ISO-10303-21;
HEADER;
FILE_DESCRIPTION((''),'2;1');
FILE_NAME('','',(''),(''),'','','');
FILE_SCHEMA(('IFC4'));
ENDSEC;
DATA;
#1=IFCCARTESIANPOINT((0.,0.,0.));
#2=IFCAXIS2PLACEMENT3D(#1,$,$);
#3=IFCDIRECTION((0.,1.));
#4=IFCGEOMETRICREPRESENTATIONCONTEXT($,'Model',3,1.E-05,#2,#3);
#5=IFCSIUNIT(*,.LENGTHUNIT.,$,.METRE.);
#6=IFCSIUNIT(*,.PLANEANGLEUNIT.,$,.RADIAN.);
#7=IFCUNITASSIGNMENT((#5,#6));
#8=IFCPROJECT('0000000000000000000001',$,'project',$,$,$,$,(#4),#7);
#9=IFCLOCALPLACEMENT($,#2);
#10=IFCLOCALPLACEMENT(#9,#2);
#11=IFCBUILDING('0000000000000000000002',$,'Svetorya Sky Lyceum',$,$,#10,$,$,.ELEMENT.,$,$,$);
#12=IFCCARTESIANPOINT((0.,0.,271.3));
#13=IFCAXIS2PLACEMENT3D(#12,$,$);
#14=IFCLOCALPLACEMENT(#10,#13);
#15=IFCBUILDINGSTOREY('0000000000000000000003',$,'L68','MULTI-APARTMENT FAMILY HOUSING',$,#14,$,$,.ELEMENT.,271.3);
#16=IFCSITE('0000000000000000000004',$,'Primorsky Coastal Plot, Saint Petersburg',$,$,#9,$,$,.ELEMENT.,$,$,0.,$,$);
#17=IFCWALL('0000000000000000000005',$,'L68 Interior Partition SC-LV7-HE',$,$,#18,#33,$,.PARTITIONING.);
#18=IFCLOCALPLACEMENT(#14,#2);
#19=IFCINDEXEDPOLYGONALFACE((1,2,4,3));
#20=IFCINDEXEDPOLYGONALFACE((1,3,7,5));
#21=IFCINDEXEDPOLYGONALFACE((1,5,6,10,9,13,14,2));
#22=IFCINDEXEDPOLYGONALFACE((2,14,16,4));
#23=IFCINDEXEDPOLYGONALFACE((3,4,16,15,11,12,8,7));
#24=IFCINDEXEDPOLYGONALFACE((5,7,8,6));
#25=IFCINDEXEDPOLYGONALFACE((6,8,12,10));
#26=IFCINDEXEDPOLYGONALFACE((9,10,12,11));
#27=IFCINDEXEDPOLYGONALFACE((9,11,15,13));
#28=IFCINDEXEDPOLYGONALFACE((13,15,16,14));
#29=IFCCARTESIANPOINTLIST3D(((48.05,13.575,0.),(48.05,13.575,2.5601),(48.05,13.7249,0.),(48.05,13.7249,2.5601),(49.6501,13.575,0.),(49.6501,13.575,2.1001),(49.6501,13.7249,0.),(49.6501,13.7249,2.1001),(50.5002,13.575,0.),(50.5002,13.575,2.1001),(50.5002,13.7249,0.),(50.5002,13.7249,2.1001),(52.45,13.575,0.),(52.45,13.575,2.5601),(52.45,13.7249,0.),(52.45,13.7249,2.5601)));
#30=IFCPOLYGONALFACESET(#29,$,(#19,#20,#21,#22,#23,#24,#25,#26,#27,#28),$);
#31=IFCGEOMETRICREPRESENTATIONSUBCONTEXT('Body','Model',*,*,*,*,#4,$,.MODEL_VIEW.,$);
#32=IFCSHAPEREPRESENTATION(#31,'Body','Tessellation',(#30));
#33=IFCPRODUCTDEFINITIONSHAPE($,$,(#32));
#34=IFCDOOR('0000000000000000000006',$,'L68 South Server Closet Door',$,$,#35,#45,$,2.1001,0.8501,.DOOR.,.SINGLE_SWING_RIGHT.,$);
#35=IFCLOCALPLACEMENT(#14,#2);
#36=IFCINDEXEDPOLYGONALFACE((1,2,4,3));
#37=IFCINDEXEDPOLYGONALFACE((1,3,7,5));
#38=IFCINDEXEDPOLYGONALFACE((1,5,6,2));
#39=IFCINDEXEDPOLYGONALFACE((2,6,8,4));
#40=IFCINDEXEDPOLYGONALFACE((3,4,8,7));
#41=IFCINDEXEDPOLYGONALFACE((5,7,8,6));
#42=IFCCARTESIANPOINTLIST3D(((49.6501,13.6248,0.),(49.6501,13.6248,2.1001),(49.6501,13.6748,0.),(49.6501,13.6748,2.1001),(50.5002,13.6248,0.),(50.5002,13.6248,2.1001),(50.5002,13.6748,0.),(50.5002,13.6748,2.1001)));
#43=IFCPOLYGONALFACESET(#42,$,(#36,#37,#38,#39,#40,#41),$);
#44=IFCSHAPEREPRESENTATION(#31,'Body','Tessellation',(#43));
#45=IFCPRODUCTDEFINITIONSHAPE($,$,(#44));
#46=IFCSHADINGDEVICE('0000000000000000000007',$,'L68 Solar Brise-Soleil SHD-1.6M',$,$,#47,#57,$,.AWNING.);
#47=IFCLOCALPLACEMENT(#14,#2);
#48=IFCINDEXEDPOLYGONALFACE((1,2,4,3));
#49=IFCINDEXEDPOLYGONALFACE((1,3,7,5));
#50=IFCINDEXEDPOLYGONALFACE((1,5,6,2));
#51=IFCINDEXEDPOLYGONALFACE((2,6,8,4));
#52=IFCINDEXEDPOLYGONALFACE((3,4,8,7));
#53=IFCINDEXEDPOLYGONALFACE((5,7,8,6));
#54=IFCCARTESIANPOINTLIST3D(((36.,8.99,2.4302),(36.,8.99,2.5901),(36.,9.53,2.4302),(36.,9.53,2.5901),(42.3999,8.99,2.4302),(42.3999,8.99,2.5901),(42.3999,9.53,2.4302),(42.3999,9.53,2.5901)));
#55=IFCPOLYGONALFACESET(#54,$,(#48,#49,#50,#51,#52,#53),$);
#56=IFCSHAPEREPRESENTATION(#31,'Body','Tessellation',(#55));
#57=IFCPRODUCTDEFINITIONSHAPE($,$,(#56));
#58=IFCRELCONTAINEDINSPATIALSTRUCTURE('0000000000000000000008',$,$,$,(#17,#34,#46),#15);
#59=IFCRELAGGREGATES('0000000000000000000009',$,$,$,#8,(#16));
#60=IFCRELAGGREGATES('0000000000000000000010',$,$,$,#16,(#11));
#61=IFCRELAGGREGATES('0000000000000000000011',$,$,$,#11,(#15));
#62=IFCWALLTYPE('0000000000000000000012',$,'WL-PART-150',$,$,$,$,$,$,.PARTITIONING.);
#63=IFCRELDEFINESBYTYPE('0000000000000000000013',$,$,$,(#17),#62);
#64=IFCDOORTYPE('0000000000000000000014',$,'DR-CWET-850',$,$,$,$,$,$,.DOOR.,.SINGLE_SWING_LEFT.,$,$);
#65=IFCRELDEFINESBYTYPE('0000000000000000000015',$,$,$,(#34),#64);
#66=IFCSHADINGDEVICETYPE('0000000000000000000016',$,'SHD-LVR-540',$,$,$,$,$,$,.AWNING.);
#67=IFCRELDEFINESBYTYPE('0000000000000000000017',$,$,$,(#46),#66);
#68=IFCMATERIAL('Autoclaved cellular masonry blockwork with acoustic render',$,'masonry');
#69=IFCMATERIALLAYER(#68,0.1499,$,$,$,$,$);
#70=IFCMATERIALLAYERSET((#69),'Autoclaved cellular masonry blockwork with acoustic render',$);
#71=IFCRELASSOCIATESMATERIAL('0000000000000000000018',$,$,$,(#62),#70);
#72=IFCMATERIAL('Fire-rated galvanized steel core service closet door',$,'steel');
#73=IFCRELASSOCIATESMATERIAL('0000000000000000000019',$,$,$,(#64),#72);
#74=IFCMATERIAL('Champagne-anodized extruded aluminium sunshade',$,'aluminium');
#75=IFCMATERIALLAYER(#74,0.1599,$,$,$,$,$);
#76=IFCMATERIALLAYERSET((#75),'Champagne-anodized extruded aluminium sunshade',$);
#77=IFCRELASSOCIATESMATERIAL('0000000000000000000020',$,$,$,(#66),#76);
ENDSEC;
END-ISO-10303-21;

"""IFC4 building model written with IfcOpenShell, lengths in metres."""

from ifc_helpers import new_model, si_unit, direction, frame, frame_2d, origin, origin_2d, place, context, subcontext, project, spatial, rectangle, extrude, material, layer, layer_set, type_object, element, fill, save


model = new_model("IFC4")

# Units and contexts
model_context = context("Model", 3, precision=1e-05, world=origin(), true_north=direction((0.0, 1.0)))
body_context = subcontext(model_context, "Body", "Model", "MODEL_VIEW")
ifc_project = project(units=[si_unit("LENGTHUNIT", "METRE"), si_unit("PLANEANGLEUNIT", "RADIAN")], contexts=[model_context])

# Site, building, storey
site_placement = place(None, origin())
site = spatial("IfcSite", under=ifc_project, at=site_placement, Name="Primorsky Coastal Plot, Saint Petersburg", CompositionType="ELEMENT", RefElevation=0.0)
building_placement = place(site_placement, origin())
building = spatial("IfcBuilding", under=site, at=building_placement, Name="Svetorya Sky Lyceum", CompositionType="ELEMENT")
storey_placement = place(building_placement, frame((0.0, 0.0, 271.3)))
storey = spatial("IfcBuildingStorey", under=building, at=storey_placement, Name="L68", Description="MULTI-APARTMENT FAMILY HOUSING", CompositionType="ELEMENT", Elevation=271.3)

# Shared definitions
ifc_material_1 = material(Name="Autoclaved cellular masonry blockwork with acoustic render", Category="masonry")
ifc_layer_1 = layer(ifc_material_1, 0.1499)
ifc_layer_set_1 = layer_set([ifc_layer_1], Name="Autoclaved cellular masonry blockwork with acoustic render")
wall_type_1 = type_object("IfcWallType", Name="WL-PART-150", PredefinedType="PARTITIONING", material=ifc_layer_set_1)

# Wall, opening, door
ifc_material_2 = material(Name="Fire-rated galvanized steel core service closet door", Category="steel")
door_type = type_object("IfcDoorType", Name="DR-CWET-850", OperationType="SINGLE_SWING_LEFT", PredefinedType="DOOR", material=ifc_material_2)
wall_1_placement = place(storey_placement, frame((48.05, 13.6499, 0.0), z_axis=(0.0, 0.0, 1.0), x_axis=(1.0, 0.0, 0.0)))
wall_1 = element("IfcWall", 1, at=wall_1_placement, inside=storey, type_object=wall_type_1, Name="L68 Interior Partition SC-LV7-HE", PredefinedType="PARTITIONING", context=body_context, shape_type="SweptSolid", body=[
    extrude(rectangle(XDim=4.3999, YDim=0.1499, at=frame_2d((2.2, 0.0))), origin(), (0.0, 0.0, 1.0), 2.5601),
])
opening_1_placement = place(wall_1_placement, frame((1.6001, 0.0, 0.0)))
opening_1 = element("IfcOpeningElement", 2, at=opening_1_placement, cuts=wall_1, PredefinedType="OPENING", context=body_context, shape_type="SweptSolid", body=[
    extrude(rectangle(XDim=0.8501, YDim=2.1001, at=frame_2d((0.425, 1.05))), frame((0.0, 0.085, 0.0), z_axis=(0.0, -1.0, 0.0), x_axis=(1.0, 0.0, 0.0)), (0.0, 0.0, 1.0), 0.1699),
])
door_1_placement = place(opening_1_placement, origin())
door_1 = element("IfcDoor", 3, at=door_1_placement, inside=storey, type_object=door_type, Name="L68 South Server Closet Door", OperationType="SINGLE_SWING_RIGHT", OverallHeight=2.1001, OverallWidth=0.8501, PredefinedType="DOOR", context=body_context, shape_type="SweptSolid", body=[
    extrude(rectangle(XDim=0.8501, YDim=2.1001, at=frame_2d((0.425, 1.05))), frame((0.0, 0.0249, 0.0), z_axis=(0.0, -1.0, 0.0), x_axis=(1.0, 0.0, 0.0)), (0.0, 0.0, 1.0), 0.05),
])
fill(opening_1, door_1)

# Shading device
ifc_material_3 = material(Name="Champagne-anodized extruded aluminium sunshade", Category="aluminium")
ifc_layer_2 = layer(ifc_material_3, 0.1599)
ifc_layer_set_2 = layer_set([ifc_layer_2], Name="Champagne-anodized extruded aluminium sunshade")
shading_device_type = type_object("IfcShadingDeviceType", Name="SHD-LVR-540", PredefinedType="AWNING", material=ifc_layer_set_2)
shading_device_placement = place(storey_placement, frame((39.2, 9.26, 2.4302), z_axis=(0.0, 0.0, 1.0), x_axis=(1.0, 0.0, 0.0)))
element("IfcShadingDevice", 4, at=shading_device_placement, inside=storey, type_object=shading_device_type, Name="L68 Solar Brise-Soleil SHD-1.6M", PredefinedType="AWNING", context=body_context, shape_type="SweptSolid", body=[
    extrude(rectangle(XDim=6.3999, YDim=0.54, at=origin_2d()), origin(), (0.0, 0.0, 1.0), 0.1599),
])

save(model, "model.ifc")
